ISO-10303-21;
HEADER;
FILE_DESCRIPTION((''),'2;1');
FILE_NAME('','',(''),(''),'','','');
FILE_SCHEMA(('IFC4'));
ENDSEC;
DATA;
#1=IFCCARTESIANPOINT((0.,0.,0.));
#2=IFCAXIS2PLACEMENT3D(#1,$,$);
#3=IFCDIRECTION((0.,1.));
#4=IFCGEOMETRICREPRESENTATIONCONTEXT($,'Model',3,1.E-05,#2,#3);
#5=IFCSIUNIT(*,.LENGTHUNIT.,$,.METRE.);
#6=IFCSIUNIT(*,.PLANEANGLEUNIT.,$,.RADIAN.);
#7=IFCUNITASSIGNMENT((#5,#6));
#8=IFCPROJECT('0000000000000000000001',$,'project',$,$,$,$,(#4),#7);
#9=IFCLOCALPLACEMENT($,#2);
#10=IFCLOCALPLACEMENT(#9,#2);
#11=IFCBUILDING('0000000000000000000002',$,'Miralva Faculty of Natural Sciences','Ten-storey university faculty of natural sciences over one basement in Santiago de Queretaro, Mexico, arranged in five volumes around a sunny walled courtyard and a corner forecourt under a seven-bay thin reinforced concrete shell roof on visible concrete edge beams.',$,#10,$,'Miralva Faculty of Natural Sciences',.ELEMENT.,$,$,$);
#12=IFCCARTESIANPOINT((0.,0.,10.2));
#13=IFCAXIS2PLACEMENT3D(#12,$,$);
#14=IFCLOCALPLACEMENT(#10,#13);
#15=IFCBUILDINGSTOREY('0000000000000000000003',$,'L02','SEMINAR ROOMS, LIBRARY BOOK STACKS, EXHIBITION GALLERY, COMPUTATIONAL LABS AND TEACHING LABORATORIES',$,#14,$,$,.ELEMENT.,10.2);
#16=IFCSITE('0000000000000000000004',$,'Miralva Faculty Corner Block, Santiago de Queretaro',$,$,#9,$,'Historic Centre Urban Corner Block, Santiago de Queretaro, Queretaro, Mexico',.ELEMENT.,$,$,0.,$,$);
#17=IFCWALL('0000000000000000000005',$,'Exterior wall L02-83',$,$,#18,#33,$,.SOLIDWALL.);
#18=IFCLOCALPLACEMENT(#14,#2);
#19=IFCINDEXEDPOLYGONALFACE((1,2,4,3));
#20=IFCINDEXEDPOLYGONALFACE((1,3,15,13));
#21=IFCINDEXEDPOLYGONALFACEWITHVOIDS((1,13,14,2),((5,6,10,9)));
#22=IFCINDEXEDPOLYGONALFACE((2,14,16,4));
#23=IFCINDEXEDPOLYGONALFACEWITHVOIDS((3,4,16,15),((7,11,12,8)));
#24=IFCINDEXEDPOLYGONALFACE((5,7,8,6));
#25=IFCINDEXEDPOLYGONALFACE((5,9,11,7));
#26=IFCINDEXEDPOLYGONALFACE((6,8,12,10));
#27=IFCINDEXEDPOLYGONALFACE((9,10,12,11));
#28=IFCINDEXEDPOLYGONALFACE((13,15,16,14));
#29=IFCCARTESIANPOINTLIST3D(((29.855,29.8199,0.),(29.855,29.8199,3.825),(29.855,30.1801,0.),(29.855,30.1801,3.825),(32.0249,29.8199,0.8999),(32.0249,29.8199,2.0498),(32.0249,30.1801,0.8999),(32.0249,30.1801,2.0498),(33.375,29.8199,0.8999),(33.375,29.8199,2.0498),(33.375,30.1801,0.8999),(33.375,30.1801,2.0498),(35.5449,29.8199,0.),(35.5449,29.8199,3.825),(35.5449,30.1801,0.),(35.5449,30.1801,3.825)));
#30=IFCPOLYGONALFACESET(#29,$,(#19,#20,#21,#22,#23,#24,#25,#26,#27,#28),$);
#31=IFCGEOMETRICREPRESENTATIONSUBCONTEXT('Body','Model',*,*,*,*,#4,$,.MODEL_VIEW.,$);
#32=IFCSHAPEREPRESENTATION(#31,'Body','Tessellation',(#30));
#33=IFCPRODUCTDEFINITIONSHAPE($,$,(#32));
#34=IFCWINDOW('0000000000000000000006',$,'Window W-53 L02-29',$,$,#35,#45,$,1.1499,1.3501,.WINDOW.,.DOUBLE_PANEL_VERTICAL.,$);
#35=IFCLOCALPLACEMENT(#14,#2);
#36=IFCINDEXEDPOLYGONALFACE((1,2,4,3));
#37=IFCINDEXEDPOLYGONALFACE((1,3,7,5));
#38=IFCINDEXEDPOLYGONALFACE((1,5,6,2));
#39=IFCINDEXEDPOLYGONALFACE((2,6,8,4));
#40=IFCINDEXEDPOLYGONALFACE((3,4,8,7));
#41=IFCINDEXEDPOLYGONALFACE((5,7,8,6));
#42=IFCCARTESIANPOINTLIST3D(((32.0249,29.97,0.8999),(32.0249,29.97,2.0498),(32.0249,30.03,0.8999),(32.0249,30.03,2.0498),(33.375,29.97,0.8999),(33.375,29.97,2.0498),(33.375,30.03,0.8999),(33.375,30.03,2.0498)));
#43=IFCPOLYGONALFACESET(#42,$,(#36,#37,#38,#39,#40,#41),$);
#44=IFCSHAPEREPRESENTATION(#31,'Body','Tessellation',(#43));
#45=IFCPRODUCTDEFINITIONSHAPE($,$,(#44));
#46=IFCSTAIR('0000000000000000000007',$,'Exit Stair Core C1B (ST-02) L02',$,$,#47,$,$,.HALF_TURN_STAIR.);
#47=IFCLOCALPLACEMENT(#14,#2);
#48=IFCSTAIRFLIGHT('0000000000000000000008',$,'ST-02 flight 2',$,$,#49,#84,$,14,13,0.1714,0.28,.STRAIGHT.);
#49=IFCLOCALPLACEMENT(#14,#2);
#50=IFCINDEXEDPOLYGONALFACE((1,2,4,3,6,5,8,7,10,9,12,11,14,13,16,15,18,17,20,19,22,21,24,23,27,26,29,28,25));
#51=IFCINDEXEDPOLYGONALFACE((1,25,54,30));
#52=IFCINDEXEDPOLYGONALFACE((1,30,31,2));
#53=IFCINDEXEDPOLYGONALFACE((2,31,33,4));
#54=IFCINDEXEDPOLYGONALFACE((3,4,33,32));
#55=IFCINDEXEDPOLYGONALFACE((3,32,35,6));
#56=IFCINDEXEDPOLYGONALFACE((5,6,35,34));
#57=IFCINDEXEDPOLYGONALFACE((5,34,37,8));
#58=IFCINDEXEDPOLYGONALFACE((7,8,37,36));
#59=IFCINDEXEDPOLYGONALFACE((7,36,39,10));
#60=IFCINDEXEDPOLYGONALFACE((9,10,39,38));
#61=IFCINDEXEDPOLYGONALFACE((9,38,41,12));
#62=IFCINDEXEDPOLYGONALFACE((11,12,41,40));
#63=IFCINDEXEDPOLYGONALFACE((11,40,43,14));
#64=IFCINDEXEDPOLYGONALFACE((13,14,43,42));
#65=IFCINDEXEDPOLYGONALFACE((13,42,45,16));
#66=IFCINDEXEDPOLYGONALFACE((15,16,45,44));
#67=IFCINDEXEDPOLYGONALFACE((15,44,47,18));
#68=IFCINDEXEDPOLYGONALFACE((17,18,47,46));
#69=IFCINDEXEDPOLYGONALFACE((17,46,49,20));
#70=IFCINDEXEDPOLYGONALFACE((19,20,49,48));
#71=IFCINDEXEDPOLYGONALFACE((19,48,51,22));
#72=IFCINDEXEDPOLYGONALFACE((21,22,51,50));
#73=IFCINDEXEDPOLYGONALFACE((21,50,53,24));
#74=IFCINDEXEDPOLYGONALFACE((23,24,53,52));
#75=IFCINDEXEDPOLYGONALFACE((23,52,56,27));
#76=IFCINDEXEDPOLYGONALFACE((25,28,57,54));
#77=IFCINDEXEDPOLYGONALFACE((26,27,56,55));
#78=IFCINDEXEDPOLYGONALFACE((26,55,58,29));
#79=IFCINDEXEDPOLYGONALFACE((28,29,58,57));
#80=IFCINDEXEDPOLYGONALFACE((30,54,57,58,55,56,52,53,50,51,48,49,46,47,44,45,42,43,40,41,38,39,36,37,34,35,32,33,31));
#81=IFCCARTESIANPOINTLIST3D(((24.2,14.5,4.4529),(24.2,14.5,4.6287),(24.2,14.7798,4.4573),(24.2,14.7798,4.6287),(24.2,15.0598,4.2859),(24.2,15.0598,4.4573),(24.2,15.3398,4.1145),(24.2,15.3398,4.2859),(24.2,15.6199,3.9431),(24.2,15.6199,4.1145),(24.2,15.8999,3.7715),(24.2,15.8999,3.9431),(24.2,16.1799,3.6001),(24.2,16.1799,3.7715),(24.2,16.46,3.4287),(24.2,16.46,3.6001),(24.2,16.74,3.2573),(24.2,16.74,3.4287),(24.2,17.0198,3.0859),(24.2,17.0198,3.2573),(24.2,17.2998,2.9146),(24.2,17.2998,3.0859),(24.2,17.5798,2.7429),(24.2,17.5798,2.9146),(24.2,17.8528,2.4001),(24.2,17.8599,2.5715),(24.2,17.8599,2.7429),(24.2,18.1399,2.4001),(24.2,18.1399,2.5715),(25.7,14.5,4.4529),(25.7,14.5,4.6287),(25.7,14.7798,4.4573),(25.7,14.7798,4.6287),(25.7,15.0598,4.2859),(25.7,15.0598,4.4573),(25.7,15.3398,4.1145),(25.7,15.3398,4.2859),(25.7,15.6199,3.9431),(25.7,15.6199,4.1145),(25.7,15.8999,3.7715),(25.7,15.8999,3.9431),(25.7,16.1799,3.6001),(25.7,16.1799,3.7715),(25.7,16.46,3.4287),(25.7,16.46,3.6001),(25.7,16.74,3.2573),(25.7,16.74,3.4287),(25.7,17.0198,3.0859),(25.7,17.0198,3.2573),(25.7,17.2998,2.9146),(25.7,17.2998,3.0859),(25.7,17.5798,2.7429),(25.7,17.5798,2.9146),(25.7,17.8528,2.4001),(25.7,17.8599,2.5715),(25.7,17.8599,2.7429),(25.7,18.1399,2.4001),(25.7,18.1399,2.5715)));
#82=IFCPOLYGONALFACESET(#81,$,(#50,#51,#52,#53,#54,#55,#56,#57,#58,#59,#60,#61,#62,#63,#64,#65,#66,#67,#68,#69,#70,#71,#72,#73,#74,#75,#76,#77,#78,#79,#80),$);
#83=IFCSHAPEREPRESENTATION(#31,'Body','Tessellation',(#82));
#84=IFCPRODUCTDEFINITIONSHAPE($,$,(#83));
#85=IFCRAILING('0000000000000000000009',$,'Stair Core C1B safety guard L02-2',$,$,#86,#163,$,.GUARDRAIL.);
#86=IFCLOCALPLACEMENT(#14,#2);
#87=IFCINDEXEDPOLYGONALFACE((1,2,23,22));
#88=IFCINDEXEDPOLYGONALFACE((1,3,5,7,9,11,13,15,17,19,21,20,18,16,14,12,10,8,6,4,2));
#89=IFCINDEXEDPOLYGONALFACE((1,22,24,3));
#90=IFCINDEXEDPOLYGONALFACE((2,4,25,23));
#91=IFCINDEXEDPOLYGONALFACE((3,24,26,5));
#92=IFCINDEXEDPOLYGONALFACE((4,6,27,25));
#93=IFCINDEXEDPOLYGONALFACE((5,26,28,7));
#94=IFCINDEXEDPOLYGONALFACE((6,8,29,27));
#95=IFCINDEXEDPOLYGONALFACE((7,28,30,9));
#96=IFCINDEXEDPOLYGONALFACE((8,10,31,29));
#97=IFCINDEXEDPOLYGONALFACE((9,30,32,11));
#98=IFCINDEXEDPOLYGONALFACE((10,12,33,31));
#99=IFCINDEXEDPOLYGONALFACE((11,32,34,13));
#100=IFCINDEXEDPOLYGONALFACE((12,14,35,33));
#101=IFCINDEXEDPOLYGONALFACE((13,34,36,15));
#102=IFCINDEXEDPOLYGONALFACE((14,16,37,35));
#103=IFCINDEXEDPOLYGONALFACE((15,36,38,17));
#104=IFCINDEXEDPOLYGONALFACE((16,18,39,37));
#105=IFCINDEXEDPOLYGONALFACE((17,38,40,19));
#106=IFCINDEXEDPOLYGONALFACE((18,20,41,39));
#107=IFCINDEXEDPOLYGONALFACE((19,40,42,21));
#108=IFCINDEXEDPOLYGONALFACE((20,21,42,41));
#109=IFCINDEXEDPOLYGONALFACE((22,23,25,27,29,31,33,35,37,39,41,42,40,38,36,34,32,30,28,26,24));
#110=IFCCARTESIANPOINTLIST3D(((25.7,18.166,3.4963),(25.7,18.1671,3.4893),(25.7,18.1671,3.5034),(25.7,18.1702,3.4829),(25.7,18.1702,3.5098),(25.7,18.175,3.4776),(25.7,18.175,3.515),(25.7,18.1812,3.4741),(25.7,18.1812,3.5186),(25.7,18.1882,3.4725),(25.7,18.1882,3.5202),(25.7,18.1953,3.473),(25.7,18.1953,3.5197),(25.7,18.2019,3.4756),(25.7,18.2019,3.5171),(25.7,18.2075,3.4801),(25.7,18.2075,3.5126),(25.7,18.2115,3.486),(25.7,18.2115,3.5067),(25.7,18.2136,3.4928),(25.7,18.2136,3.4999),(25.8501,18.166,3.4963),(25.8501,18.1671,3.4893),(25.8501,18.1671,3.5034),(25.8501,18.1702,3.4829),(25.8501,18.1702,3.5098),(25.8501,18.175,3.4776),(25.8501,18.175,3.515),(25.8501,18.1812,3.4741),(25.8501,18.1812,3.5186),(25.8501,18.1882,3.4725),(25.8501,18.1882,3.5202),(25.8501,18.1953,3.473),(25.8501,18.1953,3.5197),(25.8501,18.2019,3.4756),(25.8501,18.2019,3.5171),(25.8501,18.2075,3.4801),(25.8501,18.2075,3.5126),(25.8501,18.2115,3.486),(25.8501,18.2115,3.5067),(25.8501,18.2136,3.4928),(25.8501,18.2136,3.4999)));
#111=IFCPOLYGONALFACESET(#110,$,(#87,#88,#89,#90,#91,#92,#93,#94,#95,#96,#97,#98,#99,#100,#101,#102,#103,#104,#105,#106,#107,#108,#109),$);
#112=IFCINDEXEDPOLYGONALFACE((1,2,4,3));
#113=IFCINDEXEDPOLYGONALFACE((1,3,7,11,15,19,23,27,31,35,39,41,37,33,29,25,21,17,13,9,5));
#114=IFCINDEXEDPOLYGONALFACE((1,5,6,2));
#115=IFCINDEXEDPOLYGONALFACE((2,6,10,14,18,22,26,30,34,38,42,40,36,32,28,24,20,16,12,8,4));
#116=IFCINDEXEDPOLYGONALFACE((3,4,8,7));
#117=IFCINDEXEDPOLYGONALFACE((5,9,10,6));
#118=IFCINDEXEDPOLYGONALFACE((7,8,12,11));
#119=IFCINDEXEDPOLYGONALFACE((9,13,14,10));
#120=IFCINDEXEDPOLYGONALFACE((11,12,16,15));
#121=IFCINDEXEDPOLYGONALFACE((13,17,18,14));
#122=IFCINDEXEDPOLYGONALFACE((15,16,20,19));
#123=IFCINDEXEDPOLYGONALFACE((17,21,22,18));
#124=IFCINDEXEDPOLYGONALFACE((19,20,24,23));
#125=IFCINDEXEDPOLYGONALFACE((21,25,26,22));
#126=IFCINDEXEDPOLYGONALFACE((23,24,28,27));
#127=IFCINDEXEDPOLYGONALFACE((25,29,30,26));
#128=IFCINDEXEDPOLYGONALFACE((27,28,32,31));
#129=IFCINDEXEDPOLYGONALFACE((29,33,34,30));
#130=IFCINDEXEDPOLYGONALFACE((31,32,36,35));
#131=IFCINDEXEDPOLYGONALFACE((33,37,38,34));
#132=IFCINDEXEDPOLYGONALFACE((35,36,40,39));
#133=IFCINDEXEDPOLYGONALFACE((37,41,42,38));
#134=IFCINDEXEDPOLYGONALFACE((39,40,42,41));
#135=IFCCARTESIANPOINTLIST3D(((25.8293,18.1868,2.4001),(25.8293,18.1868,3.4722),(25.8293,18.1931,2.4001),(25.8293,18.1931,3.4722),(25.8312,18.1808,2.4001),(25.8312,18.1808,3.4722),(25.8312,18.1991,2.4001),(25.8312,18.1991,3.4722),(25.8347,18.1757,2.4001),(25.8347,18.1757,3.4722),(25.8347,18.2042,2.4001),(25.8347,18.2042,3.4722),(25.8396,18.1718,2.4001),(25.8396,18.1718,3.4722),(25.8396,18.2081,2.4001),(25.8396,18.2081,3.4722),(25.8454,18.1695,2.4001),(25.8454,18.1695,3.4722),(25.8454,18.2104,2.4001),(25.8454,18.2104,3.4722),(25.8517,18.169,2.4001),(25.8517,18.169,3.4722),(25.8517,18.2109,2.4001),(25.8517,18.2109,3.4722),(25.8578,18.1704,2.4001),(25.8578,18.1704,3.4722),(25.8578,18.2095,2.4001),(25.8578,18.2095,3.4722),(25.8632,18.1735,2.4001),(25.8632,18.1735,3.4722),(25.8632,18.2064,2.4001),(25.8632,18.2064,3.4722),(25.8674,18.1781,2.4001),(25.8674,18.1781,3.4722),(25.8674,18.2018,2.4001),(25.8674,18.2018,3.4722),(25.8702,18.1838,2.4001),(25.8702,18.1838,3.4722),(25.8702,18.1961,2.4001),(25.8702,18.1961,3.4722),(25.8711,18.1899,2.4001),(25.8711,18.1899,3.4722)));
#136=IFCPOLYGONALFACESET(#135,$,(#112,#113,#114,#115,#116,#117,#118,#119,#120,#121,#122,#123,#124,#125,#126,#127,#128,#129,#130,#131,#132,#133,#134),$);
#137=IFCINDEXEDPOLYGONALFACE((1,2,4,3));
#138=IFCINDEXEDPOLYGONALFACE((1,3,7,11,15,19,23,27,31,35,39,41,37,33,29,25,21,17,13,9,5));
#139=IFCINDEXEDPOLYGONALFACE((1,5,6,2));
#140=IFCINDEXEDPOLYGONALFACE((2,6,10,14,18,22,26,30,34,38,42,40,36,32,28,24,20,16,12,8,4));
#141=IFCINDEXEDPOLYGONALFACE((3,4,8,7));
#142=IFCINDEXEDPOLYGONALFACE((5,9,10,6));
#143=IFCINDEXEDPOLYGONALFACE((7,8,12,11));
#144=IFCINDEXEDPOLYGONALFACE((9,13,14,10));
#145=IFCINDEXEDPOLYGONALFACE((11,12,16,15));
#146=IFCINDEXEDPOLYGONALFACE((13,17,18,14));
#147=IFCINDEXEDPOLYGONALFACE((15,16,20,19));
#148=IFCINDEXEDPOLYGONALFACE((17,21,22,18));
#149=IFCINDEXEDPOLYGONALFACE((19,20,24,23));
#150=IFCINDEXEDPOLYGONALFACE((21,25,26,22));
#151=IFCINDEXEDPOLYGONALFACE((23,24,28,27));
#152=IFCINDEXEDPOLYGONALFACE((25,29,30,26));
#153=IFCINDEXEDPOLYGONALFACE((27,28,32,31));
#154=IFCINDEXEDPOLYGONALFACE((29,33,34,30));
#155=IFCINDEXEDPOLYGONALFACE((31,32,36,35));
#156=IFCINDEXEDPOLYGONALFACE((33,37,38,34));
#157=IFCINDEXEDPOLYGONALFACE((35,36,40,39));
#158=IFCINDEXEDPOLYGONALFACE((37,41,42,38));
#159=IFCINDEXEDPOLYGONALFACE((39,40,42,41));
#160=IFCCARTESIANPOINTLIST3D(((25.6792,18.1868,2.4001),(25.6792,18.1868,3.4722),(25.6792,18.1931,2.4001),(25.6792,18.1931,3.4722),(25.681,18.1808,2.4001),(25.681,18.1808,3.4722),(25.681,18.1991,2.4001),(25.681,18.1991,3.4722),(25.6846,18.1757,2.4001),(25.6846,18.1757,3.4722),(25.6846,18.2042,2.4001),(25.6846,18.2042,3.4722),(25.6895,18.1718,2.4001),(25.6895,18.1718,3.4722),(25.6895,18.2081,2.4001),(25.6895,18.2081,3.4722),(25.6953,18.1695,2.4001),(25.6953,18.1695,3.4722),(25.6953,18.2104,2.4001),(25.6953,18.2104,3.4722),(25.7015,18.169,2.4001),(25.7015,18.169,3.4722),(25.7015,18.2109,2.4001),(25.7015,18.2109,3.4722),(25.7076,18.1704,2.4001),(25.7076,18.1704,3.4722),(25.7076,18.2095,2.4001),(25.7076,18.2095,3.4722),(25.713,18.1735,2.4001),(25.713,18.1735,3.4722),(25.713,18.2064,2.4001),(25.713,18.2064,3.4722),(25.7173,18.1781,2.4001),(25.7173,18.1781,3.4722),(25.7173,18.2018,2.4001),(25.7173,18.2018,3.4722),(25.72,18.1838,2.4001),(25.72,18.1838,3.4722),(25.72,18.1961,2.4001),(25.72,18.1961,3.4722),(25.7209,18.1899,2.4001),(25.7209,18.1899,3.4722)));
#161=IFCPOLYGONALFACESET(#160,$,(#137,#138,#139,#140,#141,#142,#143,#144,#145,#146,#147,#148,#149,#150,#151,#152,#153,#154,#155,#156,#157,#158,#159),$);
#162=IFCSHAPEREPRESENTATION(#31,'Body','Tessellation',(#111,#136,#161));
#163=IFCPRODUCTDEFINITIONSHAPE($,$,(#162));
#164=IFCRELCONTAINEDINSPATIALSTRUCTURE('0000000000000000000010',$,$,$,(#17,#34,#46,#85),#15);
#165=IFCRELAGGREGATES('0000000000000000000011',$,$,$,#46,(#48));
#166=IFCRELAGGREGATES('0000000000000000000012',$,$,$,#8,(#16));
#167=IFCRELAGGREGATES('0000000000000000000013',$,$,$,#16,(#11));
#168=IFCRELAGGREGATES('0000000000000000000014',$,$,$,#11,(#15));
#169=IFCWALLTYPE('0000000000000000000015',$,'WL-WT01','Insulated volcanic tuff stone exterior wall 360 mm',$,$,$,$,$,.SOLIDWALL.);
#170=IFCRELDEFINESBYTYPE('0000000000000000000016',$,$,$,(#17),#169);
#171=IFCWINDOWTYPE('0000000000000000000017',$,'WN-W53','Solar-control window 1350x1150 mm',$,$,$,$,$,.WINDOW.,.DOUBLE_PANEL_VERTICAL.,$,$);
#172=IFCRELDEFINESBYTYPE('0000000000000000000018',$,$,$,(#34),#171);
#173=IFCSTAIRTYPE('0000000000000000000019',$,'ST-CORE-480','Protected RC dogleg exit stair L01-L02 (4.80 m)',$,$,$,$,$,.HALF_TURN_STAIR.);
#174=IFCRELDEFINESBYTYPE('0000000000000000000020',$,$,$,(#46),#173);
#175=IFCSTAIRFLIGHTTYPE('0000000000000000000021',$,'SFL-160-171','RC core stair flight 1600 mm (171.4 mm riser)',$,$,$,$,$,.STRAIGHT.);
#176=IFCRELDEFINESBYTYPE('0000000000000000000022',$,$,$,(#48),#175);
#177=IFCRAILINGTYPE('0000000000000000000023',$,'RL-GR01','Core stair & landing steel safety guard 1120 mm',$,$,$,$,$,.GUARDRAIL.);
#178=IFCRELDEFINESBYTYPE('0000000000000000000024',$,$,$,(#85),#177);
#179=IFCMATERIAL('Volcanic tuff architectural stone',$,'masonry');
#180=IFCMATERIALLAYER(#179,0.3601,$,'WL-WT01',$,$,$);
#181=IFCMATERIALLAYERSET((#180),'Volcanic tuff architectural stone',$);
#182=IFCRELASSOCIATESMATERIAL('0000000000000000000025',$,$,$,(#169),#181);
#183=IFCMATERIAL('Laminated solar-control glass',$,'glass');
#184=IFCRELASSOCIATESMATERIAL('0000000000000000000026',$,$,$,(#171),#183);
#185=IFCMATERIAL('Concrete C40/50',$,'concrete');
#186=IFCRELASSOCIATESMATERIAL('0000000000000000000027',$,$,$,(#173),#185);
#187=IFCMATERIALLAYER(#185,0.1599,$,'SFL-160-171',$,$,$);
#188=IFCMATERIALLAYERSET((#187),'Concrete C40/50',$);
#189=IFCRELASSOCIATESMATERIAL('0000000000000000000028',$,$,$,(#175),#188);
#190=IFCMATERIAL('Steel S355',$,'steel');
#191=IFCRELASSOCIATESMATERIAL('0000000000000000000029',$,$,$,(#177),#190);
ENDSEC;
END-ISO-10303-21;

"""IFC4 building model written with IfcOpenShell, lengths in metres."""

from ifc_helpers import new_model, si_unit, direction, frame, frame_2d, origin, origin_2d, place, context, subcontext, project, spatial, polyline, rectangle, circle, outline, extrude, material, layer, layer_set, type_object, element, fill, aggregate, save


model = new_model("IFC4")

# Units and contexts
model_context = context("Model", 3, precision=1e-05, world=origin(), true_north=direction((0.0, 1.0)))
body_context = subcontext(model_context, "Body", "Model", "MODEL_VIEW")
ifc_project = project(units=[si_unit("LENGTHUNIT", "METRE"), si_unit("PLANEANGLEUNIT", "RADIAN")], contexts=[model_context])

# Site, building, storey
site_placement = place(None, origin())
site = spatial("IfcSite", under=ifc_project, at=site_placement, Name="Miralva Faculty Corner Block, Santiago de Queretaro", LongName="Historic Centre Urban Corner Block, Santiago de Queretaro, Queretaro, Mexico", CompositionType="ELEMENT", RefElevation=0.0)
building_placement = place(site_placement, origin())
building = spatial("IfcBuilding", under=site, at=building_placement, Name="Miralva Faculty of Natural Sciences", Description="Ten-storey university faculty of natural sciences over one basement in Santiago de Queretaro, Mexico, arranged in five volumes around a sunny walled courtyard and a corner forecourt under a seven-bay thin reinforced concrete shell roof on visible concrete edge beams.", LongName="Miralva Faculty of Natural Sciences", CompositionType="ELEMENT")
storey_placement = place(building_placement, frame((0.0, 0.0, 10.2)))
storey = spatial("IfcBuildingStorey", under=building, at=storey_placement, Name="L02", Description="SEMINAR ROOMS, LIBRARY BOOK STACKS, EXHIBITION GALLERY, COMPUTATIONAL LABS AND TEACHING LABORATORIES", CompositionType="ELEMENT", Elevation=10.2)

# Shared definitions
ifc_material_1 = material(Name="Concrete C40/50", Category="concrete")

# Shared definitions
ifc_material_2 = material(Name="Laminated solar-control glass", Category="glass")

# Wall, opening, window
ifc_material_3 = material(Name="Volcanic tuff architectural stone", Category="masonry")
ifc_layer_1 = layer(ifc_material_3, 0.3601, Name="WL-WT01")
ifc_layer_set_1 = layer_set([ifc_layer_1], Name="Volcanic tuff architectural stone")
wall_type_1 = type_object("IfcWallType", Name="WL-WT01", Description="Insulated volcanic tuff stone exterior wall 360 mm", PredefinedType="SOLIDWALL", material=ifc_layer_set_1)
wall_1_placement = place(storey_placement, frame((29.855, 30.0, 0.0), z_axis=(0.0, 0.0, 1.0), x_axis=(1.0, 0.0, 0.0)))
wall_1 = element("IfcWall", 1, at=wall_1_placement, inside=storey, type_object=wall_type_1, Name="Exterior wall L02-83", PredefinedType="SOLIDWALL", context=body_context, shape_type="SweptSolid", body=[
    extrude(rectangle(XDim=5.6899, YDim=0.3601, at=frame_2d((2.845, 0.0))), origin(), (0.0, 0.0, 1.0), 3.825),
])
opening_1_placement = place(wall_1_placement, frame((2.1699, 0.0, 0.8999)))
opening_1 = element("IfcOpeningElement", 2, at=opening_1_placement, cuts=wall_1, PredefinedType="OPENING", context=body_context, shape_type="SweptSolid", body=[
    extrude(rectangle(XDim=1.3501, YDim=1.1499, at=frame_2d((0.675, 0.575))), frame((0.0, 0.1899, 0.0), z_axis=(0.0, -1.0, 0.0), x_axis=(1.0, 0.0, 0.0)), (0.0, 0.0, 1.0), 0.3801),
])
window_type = type_object("IfcWindowType", Name="WN-W53", Description="Solar-control window 1350x1150 mm", PartitioningType="DOUBLE_PANEL_VERTICAL", PredefinedType="WINDOW", material=ifc_material_2)
window_placement = place(opening_1_placement, origin())
window = element("IfcWindow", 3, at=window_placement, inside=storey, type_object=window_type, Name="Window W-53 L02-29", OverallHeight=1.1499, OverallWidth=1.3501, PartitioningType="DOUBLE_PANEL_VERTICAL", PredefinedType="WINDOW", context=body_context, shape_type="SweptSolid", body=[
    extrude(rectangle(XDim=1.3501, YDim=1.1499, at=frame_2d((0.675, 0.575))), frame((0.0, 0.03, 0.0), z_axis=(0.0, -1.0, 0.0), x_axis=(1.0, 0.0, 0.0)), (0.0, 0.0, 1.0), 0.0601),
])
fill(opening_1, window)

# Stair, stair flight
stair_type = type_object("IfcStairType", Name="ST-CORE-480", Description="Protected RC dogleg exit stair L01-L02 (4.80 m)", PredefinedType="HALF_TURN_STAIR", material=ifc_material_1)
stair_placement = place(storey_placement, origin())
stair = element("IfcStair", 4, at=stair_placement, inside=storey, type_object=stair_type, Name="Exit Stair Core C1B (ST-02) L02", PredefinedType="HALF_TURN_STAIR")
ifc_layer_2 = layer(ifc_material_1, 0.1599, Name="SFL-160-171")
ifc_layer_set_2 = layer_set([ifc_layer_2], Name="Concrete C40/50")
stair_flight_type = type_object("IfcStairFlightType", Name="SFL-160-171", Description="RC core stair flight 1600 mm (171.4 mm riser)", PredefinedType="STRAIGHT", material=ifc_layer_set_2)
stair_flight_placement = place(storey_placement, frame((24.95, 18.1399, 2.4001), z_axis=(0.0, 0.0, 1.0), x_axis=(0.0, -1.0, 0.0)))
stair_flight = element("IfcStairFlight", 5, at=stair_flight_placement, type_object=stair_flight_type, Name="ST-02 flight 2", NumberOfRisers=14, NumberOfTreads=13, PredefinedType="STRAIGHT", RiserHeight=0.1714, TreadLength=0.28, context=body_context, shape_type="SweptSolid", body=[
    extrude(outline(polyline([(0.0, 0.0), (0.0, 0.1714), (0.28, 0.1714), (0.28, 0.3428), (0.5601, 0.3428), (0.5601, 0.5144), (0.8401, 0.5144), (0.8401, 0.6858), (1.1201, 0.6858), (1.1201, 0.8572), (1.3999, 0.8572), (1.3999, 1.0286), (1.6799, 1.0286), (1.6799, 1.2), (1.96, 1.2), (1.96, 1.3713), (2.24, 1.3713), (2.24, 1.543), (2.52, 1.543), (2.52, 1.7144), (2.8, 1.7144), (2.8, 1.8857), (3.0801, 1.8857), (3.0801, 2.0571), (3.3601, 2.0571), (3.3601, 2.2285), (3.6399, 2.2285), (3.6399, 2.3999), (3.6399, 2.0527), (0.2871, 0.0), (0.0, 0.0)])), frame((0.0, 0.75, 0.0), z_axis=(0.0, -1.0, 0.0), x_axis=(1.0, 0.0, 0.0)), (0.0, 0.0, 1.0), 1.5),
])
aggregate(stair, [stair_flight])

# Railing
ifc_material_4 = material(Name="Steel S355", Category="steel")
railing_type_1 = type_object("IfcRailingType", Name="RL-GR01", Description="Core stair & landing steel safety guard 1120 mm", PredefinedType="GUARDRAIL", material=ifc_material_4)
railing_1_placement = place(storey_placement, frame((25.8501, 18.1899, 2.4001)))
element("IfcRailing", 6, at=railing_1_placement, inside=storey, type_object=railing_type_1, Name="Stair Core C1B safety guard L02-2", PredefinedType="GUARDRAIL", context=body_context, shape_type="SweptSolid", body=[
    extrude(circle(Radius=0.0239, at=origin_2d()), frame((0.0, 0.0, 1.0962), z_axis=(-1.0, 0.0, 0.0), x_axis=(0.0, -1.0, 0.0)), (0.0, 0.0, 1.0), 0.1501),
    extrude(circle(Radius=0.021, at=origin_2d()), origin(), (0.0, 0.0, 1.0), 1.072),
    extrude(circle(Radius=0.021, at=origin_2d()), frame((-0.1501, 0.0, 0.0)), (0.0, 0.0, 1.0), 1.072),
])

save(model, "model.ifc")
